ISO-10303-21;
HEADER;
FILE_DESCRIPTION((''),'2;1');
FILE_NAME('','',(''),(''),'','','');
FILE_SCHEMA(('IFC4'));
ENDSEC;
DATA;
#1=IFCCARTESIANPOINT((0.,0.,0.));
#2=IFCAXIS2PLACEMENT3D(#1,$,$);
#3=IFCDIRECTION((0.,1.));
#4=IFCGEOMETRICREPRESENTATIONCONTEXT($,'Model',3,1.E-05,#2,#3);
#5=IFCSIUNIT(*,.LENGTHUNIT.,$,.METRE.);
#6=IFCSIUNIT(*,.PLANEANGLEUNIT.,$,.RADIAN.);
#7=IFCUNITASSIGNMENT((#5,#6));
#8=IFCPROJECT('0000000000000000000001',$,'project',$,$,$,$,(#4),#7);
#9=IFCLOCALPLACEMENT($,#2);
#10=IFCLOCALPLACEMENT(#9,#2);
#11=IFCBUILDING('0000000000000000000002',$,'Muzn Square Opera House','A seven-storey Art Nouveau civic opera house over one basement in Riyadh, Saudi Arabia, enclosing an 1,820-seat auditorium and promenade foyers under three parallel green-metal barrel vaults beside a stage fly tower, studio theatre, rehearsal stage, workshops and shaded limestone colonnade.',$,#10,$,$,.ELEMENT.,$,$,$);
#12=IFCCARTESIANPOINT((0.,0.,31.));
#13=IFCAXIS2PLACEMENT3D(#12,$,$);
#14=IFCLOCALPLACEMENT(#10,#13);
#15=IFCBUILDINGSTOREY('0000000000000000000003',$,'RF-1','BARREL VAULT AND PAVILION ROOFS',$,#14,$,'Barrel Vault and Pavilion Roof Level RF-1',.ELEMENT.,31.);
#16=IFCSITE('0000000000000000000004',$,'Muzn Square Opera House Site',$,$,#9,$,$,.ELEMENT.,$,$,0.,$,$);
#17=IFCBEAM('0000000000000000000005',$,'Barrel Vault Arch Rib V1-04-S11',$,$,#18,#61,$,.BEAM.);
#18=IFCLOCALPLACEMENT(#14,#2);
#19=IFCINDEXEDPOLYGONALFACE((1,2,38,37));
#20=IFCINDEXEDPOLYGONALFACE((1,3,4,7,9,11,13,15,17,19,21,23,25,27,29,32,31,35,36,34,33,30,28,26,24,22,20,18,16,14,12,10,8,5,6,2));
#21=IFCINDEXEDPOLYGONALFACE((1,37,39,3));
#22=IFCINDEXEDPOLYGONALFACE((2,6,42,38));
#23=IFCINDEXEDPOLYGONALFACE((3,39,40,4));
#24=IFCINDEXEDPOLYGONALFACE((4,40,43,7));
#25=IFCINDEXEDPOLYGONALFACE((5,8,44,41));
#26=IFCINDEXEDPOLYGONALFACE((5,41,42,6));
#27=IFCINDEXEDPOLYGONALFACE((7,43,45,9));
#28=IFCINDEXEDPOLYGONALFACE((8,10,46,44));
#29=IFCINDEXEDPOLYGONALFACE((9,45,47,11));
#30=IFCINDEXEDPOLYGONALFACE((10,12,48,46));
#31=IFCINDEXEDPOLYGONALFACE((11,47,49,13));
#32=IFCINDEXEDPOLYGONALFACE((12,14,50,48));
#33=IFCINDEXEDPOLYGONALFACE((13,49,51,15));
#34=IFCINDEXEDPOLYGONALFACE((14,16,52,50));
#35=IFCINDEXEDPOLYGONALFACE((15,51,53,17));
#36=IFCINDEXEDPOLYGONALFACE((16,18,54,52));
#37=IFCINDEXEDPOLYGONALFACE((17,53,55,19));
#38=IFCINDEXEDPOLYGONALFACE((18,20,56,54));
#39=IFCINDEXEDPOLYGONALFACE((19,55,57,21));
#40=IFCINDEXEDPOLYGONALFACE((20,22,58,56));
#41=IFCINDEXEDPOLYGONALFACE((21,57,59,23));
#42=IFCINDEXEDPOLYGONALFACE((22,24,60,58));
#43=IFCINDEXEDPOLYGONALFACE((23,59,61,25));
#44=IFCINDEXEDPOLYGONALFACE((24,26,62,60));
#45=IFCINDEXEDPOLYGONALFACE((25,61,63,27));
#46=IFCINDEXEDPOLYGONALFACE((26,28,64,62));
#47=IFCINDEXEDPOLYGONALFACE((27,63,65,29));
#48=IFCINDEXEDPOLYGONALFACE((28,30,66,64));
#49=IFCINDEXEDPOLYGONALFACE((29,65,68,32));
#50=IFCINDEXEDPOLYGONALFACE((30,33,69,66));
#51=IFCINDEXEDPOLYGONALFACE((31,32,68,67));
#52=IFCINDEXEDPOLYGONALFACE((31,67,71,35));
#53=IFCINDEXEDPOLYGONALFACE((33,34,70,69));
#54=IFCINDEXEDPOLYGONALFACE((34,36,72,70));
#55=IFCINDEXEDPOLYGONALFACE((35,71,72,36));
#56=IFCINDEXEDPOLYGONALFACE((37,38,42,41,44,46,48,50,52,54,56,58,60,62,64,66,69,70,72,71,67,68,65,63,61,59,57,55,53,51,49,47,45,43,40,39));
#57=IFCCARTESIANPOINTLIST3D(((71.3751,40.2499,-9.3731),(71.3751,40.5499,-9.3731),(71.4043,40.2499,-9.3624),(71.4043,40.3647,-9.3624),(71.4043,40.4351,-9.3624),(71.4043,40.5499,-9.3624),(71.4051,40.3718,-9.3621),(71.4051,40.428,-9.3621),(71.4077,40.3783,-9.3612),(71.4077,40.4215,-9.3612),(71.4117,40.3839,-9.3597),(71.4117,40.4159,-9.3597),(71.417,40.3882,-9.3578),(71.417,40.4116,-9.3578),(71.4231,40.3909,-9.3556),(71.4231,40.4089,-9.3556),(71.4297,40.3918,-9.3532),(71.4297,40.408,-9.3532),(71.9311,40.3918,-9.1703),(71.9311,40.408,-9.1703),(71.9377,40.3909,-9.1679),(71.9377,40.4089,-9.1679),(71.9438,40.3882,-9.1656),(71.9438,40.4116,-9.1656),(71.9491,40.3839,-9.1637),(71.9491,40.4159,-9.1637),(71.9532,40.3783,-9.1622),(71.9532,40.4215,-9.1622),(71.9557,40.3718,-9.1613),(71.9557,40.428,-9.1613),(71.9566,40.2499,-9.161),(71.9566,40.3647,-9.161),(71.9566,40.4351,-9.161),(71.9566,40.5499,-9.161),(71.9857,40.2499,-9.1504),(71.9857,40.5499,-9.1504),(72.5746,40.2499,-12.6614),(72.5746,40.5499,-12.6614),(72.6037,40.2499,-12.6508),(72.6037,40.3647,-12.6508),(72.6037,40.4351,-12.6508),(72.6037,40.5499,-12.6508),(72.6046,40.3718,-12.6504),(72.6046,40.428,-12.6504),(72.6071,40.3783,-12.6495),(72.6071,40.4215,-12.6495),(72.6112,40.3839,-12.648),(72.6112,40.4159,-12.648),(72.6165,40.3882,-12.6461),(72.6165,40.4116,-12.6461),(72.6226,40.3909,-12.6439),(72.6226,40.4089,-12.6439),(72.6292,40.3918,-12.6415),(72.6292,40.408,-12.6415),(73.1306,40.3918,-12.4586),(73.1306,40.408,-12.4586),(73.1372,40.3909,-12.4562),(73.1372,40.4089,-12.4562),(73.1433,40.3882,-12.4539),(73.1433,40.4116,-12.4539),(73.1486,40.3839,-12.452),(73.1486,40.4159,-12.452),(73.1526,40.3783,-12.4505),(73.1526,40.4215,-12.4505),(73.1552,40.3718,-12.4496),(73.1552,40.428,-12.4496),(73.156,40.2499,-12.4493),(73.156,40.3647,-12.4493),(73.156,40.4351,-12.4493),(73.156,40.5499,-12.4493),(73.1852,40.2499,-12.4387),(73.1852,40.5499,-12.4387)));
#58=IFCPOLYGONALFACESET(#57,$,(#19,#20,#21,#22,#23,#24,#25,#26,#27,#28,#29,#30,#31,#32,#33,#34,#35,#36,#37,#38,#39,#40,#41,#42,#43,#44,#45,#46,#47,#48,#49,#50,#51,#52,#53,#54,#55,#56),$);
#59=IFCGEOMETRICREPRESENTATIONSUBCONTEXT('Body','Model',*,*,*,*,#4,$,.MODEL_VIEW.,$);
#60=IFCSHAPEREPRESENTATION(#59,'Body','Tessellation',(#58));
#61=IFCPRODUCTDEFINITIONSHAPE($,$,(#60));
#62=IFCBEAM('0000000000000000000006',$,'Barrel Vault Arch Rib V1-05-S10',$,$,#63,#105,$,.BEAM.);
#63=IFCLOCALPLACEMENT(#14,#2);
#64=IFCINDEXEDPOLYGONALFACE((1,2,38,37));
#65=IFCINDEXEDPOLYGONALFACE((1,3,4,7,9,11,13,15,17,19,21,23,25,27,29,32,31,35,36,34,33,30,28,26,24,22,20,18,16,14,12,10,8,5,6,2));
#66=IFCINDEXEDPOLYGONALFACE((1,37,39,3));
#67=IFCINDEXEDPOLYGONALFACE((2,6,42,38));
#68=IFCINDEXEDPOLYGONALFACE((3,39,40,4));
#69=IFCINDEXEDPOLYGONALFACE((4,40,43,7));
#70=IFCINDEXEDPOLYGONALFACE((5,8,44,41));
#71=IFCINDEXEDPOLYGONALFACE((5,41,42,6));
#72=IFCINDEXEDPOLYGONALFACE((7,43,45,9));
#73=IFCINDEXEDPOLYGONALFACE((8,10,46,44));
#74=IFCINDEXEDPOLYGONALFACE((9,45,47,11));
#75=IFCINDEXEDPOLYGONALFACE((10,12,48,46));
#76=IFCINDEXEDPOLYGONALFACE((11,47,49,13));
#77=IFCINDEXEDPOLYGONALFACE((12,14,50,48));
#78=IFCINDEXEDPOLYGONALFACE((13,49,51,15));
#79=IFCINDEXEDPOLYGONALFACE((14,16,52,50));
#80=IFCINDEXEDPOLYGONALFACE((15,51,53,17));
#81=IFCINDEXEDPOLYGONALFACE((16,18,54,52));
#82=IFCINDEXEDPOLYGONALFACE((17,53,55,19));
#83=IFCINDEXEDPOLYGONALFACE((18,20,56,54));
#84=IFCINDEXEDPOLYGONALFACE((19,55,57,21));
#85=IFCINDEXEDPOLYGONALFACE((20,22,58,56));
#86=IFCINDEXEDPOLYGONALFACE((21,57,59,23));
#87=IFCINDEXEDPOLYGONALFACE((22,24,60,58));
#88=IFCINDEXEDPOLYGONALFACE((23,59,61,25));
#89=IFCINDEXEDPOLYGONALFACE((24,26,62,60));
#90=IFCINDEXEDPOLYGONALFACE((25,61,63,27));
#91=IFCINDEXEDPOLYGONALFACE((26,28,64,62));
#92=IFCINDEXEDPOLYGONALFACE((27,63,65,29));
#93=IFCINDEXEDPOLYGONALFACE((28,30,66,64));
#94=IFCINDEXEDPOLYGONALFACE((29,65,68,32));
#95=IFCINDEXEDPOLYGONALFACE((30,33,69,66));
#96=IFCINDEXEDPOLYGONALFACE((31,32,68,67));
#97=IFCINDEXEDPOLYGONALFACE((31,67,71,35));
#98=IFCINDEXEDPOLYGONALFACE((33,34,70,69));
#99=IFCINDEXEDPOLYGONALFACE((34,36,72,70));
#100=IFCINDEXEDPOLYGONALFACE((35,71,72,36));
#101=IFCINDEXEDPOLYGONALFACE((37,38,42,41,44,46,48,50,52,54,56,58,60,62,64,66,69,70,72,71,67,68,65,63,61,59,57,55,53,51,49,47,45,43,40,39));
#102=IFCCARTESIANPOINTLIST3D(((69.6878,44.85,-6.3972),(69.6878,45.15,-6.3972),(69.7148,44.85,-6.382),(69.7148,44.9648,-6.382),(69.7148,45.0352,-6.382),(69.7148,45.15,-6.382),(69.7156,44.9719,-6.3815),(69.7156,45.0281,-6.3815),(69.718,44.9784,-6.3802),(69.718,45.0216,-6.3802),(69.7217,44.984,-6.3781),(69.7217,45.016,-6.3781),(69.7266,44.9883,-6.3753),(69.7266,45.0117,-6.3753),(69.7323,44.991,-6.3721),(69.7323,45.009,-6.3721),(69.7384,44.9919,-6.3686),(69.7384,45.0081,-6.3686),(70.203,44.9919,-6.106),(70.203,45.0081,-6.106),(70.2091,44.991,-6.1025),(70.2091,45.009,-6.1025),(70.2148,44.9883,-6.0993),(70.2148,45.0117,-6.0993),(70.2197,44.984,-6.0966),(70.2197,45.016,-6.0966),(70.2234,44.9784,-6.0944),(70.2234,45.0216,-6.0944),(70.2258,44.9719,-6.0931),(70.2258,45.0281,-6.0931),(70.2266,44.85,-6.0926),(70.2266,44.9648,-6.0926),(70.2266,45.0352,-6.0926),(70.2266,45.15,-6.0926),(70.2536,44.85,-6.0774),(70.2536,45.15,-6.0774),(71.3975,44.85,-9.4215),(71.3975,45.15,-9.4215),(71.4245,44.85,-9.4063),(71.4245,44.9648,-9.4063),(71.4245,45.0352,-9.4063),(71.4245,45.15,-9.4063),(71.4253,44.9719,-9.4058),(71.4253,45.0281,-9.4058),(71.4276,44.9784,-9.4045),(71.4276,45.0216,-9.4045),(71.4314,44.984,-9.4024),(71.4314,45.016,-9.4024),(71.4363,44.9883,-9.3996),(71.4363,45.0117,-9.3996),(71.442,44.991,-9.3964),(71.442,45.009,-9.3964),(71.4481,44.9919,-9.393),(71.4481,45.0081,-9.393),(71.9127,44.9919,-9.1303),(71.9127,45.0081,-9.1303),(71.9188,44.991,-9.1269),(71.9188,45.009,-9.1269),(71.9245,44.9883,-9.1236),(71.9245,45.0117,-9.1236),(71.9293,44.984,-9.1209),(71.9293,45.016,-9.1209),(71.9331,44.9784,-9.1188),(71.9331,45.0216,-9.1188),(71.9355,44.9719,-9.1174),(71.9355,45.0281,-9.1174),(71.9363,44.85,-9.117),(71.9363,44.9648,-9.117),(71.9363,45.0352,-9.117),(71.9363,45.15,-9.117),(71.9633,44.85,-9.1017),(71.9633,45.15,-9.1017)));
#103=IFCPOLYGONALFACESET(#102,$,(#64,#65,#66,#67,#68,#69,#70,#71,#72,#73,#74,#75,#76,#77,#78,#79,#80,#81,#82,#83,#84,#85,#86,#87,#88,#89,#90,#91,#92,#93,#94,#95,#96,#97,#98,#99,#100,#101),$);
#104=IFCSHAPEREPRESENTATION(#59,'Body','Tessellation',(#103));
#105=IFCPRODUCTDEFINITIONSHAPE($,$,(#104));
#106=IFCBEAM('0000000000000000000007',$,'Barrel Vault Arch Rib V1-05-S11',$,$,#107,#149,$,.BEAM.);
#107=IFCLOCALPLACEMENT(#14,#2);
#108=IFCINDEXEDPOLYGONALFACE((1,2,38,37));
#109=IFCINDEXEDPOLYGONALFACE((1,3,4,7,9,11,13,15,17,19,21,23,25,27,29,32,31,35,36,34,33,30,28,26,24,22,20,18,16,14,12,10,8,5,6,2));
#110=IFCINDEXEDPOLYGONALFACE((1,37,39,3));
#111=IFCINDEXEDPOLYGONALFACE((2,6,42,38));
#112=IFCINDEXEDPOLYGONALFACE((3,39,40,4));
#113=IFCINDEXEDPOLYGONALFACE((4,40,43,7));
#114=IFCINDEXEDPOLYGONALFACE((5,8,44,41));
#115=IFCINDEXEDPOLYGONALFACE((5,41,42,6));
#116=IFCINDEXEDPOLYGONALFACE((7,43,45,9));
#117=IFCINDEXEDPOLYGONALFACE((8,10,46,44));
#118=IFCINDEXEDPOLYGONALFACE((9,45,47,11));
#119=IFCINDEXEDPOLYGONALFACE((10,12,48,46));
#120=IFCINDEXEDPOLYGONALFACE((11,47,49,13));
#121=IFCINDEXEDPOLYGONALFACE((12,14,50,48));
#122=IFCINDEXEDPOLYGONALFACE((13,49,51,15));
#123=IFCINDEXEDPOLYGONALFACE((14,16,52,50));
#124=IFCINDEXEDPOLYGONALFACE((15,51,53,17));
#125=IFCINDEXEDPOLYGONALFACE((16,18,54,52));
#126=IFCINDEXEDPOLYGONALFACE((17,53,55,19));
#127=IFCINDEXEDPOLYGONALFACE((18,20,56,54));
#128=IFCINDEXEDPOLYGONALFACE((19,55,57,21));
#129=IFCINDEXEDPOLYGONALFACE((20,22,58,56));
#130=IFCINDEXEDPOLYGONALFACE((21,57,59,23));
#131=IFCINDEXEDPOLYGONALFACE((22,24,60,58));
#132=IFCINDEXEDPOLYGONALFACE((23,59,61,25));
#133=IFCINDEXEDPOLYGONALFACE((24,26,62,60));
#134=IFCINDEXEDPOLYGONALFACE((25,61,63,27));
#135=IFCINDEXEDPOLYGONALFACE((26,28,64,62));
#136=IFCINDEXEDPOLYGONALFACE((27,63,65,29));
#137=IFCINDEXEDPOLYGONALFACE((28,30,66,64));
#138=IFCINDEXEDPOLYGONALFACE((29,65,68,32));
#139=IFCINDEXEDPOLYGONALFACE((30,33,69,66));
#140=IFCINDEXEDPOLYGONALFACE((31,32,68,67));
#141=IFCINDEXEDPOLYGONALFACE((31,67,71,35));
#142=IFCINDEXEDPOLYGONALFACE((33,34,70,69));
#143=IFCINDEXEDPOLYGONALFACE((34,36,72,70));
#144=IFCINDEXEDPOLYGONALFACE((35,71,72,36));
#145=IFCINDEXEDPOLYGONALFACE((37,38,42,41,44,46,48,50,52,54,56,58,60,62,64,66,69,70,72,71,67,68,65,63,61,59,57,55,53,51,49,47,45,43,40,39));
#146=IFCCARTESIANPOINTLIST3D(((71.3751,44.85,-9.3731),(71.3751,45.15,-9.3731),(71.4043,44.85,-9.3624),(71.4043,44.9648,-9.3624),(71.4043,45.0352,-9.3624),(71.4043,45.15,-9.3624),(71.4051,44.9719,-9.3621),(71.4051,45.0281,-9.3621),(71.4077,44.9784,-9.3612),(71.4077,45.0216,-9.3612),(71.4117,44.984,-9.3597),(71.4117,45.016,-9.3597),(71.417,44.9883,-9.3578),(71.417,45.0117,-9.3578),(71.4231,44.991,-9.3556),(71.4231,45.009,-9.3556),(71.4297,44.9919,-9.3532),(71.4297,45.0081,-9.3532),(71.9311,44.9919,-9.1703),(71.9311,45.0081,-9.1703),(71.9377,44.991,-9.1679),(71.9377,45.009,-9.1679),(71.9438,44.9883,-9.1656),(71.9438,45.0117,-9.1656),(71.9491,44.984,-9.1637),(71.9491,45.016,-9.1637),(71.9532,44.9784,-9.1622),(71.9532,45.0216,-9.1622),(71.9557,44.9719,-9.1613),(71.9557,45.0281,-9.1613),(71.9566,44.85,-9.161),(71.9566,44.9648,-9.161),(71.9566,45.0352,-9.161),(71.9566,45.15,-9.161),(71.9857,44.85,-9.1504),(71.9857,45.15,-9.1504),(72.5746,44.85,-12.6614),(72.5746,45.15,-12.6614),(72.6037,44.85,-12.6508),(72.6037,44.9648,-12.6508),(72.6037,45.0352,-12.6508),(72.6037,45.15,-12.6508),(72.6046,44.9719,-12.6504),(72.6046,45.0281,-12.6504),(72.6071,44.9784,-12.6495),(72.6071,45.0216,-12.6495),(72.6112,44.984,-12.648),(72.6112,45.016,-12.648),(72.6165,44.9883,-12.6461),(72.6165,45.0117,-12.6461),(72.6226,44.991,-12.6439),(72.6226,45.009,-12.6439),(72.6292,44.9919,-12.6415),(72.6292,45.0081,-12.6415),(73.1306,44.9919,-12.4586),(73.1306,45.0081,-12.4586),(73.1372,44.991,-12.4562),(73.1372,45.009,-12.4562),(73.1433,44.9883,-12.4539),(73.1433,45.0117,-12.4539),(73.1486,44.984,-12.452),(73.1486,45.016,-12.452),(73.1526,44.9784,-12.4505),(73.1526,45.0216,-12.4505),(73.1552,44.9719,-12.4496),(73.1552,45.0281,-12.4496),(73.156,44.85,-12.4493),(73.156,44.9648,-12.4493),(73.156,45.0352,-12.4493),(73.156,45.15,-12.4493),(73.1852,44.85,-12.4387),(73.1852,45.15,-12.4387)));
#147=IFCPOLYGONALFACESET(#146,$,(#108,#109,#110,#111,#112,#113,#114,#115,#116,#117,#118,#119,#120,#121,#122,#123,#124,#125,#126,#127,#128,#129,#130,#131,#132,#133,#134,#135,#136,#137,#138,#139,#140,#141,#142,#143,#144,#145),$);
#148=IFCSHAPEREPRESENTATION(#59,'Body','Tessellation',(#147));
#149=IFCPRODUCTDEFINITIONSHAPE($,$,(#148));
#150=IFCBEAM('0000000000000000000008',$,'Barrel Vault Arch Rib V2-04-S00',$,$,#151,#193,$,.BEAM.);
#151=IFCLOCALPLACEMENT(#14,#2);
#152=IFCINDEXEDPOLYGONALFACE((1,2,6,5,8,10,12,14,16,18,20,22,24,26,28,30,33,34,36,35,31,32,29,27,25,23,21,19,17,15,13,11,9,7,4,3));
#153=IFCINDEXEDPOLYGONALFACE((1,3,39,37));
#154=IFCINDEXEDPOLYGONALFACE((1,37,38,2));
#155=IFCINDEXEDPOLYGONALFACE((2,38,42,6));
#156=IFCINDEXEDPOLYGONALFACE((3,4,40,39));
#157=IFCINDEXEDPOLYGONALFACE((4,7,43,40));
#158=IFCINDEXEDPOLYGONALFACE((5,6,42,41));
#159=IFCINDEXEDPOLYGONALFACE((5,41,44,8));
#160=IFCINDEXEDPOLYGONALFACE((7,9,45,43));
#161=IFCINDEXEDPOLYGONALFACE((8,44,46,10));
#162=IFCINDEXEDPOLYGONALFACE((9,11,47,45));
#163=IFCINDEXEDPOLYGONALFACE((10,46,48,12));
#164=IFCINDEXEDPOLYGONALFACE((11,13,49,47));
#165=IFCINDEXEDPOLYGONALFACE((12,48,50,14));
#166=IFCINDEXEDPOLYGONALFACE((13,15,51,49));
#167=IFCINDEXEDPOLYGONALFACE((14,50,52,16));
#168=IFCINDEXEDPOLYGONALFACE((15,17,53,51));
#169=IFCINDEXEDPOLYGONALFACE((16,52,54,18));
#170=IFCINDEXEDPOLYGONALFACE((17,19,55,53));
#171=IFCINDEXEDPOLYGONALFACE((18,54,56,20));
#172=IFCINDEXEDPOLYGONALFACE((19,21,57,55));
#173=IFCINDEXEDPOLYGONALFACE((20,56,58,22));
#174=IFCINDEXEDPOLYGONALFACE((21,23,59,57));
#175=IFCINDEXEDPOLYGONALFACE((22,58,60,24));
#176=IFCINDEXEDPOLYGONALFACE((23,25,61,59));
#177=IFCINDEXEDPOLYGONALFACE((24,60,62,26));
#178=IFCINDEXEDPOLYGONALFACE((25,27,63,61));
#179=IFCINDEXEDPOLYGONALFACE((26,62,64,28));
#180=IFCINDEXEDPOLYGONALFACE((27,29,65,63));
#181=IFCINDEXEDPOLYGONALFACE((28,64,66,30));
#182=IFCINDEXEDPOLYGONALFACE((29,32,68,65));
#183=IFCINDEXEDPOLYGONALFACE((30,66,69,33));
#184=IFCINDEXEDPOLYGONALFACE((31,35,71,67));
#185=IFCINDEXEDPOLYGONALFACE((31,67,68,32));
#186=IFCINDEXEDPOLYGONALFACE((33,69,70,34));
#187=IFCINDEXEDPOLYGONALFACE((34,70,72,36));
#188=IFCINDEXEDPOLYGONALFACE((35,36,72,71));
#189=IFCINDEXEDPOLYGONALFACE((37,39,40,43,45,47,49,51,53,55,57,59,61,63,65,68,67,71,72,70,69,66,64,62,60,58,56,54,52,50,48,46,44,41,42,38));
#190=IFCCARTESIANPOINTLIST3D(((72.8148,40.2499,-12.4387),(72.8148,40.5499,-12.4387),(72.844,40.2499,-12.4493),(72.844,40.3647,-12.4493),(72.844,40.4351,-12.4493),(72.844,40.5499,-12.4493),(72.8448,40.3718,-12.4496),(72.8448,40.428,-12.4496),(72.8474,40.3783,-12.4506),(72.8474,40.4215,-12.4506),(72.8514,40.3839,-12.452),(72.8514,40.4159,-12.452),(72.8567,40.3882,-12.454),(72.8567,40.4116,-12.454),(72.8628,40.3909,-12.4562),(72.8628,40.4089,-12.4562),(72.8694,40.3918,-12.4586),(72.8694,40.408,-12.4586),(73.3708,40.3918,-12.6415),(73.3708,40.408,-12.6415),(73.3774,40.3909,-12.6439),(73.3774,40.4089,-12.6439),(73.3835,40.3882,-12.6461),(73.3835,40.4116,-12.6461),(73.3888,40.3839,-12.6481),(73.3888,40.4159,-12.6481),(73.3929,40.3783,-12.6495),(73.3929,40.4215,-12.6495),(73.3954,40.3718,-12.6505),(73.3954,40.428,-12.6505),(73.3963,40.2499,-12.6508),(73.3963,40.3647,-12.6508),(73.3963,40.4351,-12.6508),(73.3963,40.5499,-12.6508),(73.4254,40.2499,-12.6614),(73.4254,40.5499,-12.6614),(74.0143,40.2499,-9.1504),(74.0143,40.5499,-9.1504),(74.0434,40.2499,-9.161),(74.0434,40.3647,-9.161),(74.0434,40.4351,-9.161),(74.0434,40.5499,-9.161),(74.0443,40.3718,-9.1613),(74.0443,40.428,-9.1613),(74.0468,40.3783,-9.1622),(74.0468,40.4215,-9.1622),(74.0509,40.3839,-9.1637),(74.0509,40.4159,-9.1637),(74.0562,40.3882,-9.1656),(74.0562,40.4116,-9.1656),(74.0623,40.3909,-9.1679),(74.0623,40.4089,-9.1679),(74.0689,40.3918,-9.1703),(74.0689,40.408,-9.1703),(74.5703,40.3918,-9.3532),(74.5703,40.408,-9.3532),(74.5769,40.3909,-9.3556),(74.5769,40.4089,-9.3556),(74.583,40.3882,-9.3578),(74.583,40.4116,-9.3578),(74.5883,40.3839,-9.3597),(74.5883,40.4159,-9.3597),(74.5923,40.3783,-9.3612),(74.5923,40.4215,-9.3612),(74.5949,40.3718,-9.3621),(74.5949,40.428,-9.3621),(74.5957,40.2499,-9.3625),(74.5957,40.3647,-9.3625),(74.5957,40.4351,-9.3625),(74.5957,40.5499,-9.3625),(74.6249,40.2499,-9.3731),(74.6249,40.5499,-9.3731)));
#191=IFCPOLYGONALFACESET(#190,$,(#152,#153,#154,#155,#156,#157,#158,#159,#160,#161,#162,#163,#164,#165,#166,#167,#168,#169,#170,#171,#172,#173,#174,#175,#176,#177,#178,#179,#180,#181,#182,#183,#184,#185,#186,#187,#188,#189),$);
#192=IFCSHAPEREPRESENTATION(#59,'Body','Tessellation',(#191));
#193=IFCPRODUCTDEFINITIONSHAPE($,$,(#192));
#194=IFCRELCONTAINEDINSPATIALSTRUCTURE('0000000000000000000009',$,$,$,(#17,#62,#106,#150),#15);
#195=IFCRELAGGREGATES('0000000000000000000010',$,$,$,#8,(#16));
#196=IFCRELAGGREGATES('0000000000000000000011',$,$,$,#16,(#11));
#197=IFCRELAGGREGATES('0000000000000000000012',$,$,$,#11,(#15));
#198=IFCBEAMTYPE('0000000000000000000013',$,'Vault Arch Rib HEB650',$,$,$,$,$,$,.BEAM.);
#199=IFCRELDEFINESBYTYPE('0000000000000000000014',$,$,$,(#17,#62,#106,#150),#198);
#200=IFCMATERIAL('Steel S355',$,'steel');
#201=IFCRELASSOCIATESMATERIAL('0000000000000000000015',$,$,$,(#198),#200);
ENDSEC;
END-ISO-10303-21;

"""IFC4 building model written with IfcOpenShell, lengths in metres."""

from ifc_helpers import new_model, si_unit, direction, frame, origin, origin_2d, place, context, subcontext, project, spatial, i_section, extrude, material, material_profile, profile_set, type_object, element, save


model = new_model("IFC4")

# Units and contexts
model_context = context("Model", 3, precision=1e-05, world=origin(), true_north=direction((0.0, 1.0)))
body_context = subcontext(model_context, "Body", "Model", "MODEL_VIEW")
ifc_project = project(units=[si_unit("LENGTHUNIT", "METRE"), si_unit("PLANEANGLEUNIT", "RADIAN")], contexts=[model_context])

# Site, building, storey
site_placement = place(None, origin())
site = spatial("IfcSite", under=ifc_project, at=site_placement, Name="Muzn Square Opera House Site", CompositionType="ELEMENT", RefElevation=0.0)
building_placement = place(site_placement, origin())
building = spatial("IfcBuilding", under=site, at=building_placement, Name="Muzn Square Opera House", Description="A seven-storey Art Nouveau civic opera house over one basement in Riyadh, Saudi Arabia, enclosing an 1,820-seat auditorium and promenade foyers under three parallel green-metal barrel vaults beside a stage fly tower, studio theatre, rehearsal stage, workshops and shaded limestone colonnade.", CompositionType="ELEMENT")
storey_placement = place(building_placement, frame((0.0, 0.0, 31.0)))
storey = spatial("IfcBuildingStorey", under=building, at=storey_placement, Name="RF-1", Description="BARREL VAULT AND PAVILION ROOFS", LongName="Barrel Vault and Pavilion Roof Level RF-1", CompositionType="ELEMENT", Elevation=31.0)

# Beams
ifc_material_1 = material(Name="Steel S355", Category="steel")
ifc_material_profile_1 = material_profile(ifc_material_1, i_section(OverallWidth=0.3, OverallDepth=0.6499, WebThickness=0.0161, FlangeThickness=0.031, FilletRadius=0.0271, at=origin_2d()), Name="HEB 650", Category="steel")
ifc_profile_set_1 = profile_set([ifc_material_profile_1], Name="Steel S355")
beam_type_1 = type_object("IfcBeamType", Name="Vault Arch Rib HEB650", PredefinedType="BEAM", material=ifc_profile_set_1)
beam_1_placement = place(storey_placement, frame((71.6804, 40.3999, -9.2617), z_axis=(0.342678, 0.0, -0.939453), x_axis=(0.0, 1.0, 0.0)))
element("IfcBeam", 1, at=beam_1_placement, inside=storey, type_object=beam_type_1, Name="Barrel Vault Arch Rib V1-04-S11", PredefinedType="BEAM", context=body_context, shape_type="SweptSolid", body=[
    extrude(i_section(OverallWidth=0.3, OverallDepth=0.6499, WebThickness=0.0161, FlangeThickness=0.031, FilletRadius=0.0271, at=origin_2d()), origin(), (0.0, 0.0, 1.0), 3.5002),
])
beam_2_placement = place(storey_placement, frame((69.9707, 45.0, -6.2373), z_axis=(0.492115, 0.0, -0.87053), x_axis=(0.0, 1.0, 0.0)))
element("IfcBeam", 2, at=beam_2_placement, inside=storey, type_object=beam_type_1, Name="Barrel Vault Arch Rib V1-05-S10", PredefinedType="BEAM", context=body_context, shape_type="SweptSolid", body=[
    extrude(i_section(OverallWidth=0.3, OverallDepth=0.6499, WebThickness=0.0161, FlangeThickness=0.031, FilletRadius=0.0271, at=origin_2d()), origin(), (0.0, 0.0, 1.0), 3.4741),
])
for number, where, z_axis, x_axis, name in (
    (3, (71.6804, 45.0, -9.2617), (0.342678, 0.0, -0.939453), (0.0, 1.0, 0.0), "Barrel Vault Arch Rib V1-05-S11"),
    (4, (73.1201, 40.3999, -12.55), (0.342678, 0.0, 0.939453), (0.0, 1.0, 0.0), "Barrel Vault Arch Rib V2-04-S00"),
):
    element("IfcBeam", number, at=place(storey_placement, frame(where, z_axis=z_axis, x_axis=x_axis)), inside=storey, type_object=beam_type_1, Name=name, PredefinedType="BEAM", context=body_context, shape_type="SweptSolid", body=[
        extrude(i_section(OverallWidth=0.3, OverallDepth=0.6499, WebThickness=0.0161, FlangeThickness=0.031, FilletRadius=0.0271, at=origin_2d()), origin(), (0.0, 0.0, 1.0), 3.5002),
    ])

save(model, "model.ifc")
